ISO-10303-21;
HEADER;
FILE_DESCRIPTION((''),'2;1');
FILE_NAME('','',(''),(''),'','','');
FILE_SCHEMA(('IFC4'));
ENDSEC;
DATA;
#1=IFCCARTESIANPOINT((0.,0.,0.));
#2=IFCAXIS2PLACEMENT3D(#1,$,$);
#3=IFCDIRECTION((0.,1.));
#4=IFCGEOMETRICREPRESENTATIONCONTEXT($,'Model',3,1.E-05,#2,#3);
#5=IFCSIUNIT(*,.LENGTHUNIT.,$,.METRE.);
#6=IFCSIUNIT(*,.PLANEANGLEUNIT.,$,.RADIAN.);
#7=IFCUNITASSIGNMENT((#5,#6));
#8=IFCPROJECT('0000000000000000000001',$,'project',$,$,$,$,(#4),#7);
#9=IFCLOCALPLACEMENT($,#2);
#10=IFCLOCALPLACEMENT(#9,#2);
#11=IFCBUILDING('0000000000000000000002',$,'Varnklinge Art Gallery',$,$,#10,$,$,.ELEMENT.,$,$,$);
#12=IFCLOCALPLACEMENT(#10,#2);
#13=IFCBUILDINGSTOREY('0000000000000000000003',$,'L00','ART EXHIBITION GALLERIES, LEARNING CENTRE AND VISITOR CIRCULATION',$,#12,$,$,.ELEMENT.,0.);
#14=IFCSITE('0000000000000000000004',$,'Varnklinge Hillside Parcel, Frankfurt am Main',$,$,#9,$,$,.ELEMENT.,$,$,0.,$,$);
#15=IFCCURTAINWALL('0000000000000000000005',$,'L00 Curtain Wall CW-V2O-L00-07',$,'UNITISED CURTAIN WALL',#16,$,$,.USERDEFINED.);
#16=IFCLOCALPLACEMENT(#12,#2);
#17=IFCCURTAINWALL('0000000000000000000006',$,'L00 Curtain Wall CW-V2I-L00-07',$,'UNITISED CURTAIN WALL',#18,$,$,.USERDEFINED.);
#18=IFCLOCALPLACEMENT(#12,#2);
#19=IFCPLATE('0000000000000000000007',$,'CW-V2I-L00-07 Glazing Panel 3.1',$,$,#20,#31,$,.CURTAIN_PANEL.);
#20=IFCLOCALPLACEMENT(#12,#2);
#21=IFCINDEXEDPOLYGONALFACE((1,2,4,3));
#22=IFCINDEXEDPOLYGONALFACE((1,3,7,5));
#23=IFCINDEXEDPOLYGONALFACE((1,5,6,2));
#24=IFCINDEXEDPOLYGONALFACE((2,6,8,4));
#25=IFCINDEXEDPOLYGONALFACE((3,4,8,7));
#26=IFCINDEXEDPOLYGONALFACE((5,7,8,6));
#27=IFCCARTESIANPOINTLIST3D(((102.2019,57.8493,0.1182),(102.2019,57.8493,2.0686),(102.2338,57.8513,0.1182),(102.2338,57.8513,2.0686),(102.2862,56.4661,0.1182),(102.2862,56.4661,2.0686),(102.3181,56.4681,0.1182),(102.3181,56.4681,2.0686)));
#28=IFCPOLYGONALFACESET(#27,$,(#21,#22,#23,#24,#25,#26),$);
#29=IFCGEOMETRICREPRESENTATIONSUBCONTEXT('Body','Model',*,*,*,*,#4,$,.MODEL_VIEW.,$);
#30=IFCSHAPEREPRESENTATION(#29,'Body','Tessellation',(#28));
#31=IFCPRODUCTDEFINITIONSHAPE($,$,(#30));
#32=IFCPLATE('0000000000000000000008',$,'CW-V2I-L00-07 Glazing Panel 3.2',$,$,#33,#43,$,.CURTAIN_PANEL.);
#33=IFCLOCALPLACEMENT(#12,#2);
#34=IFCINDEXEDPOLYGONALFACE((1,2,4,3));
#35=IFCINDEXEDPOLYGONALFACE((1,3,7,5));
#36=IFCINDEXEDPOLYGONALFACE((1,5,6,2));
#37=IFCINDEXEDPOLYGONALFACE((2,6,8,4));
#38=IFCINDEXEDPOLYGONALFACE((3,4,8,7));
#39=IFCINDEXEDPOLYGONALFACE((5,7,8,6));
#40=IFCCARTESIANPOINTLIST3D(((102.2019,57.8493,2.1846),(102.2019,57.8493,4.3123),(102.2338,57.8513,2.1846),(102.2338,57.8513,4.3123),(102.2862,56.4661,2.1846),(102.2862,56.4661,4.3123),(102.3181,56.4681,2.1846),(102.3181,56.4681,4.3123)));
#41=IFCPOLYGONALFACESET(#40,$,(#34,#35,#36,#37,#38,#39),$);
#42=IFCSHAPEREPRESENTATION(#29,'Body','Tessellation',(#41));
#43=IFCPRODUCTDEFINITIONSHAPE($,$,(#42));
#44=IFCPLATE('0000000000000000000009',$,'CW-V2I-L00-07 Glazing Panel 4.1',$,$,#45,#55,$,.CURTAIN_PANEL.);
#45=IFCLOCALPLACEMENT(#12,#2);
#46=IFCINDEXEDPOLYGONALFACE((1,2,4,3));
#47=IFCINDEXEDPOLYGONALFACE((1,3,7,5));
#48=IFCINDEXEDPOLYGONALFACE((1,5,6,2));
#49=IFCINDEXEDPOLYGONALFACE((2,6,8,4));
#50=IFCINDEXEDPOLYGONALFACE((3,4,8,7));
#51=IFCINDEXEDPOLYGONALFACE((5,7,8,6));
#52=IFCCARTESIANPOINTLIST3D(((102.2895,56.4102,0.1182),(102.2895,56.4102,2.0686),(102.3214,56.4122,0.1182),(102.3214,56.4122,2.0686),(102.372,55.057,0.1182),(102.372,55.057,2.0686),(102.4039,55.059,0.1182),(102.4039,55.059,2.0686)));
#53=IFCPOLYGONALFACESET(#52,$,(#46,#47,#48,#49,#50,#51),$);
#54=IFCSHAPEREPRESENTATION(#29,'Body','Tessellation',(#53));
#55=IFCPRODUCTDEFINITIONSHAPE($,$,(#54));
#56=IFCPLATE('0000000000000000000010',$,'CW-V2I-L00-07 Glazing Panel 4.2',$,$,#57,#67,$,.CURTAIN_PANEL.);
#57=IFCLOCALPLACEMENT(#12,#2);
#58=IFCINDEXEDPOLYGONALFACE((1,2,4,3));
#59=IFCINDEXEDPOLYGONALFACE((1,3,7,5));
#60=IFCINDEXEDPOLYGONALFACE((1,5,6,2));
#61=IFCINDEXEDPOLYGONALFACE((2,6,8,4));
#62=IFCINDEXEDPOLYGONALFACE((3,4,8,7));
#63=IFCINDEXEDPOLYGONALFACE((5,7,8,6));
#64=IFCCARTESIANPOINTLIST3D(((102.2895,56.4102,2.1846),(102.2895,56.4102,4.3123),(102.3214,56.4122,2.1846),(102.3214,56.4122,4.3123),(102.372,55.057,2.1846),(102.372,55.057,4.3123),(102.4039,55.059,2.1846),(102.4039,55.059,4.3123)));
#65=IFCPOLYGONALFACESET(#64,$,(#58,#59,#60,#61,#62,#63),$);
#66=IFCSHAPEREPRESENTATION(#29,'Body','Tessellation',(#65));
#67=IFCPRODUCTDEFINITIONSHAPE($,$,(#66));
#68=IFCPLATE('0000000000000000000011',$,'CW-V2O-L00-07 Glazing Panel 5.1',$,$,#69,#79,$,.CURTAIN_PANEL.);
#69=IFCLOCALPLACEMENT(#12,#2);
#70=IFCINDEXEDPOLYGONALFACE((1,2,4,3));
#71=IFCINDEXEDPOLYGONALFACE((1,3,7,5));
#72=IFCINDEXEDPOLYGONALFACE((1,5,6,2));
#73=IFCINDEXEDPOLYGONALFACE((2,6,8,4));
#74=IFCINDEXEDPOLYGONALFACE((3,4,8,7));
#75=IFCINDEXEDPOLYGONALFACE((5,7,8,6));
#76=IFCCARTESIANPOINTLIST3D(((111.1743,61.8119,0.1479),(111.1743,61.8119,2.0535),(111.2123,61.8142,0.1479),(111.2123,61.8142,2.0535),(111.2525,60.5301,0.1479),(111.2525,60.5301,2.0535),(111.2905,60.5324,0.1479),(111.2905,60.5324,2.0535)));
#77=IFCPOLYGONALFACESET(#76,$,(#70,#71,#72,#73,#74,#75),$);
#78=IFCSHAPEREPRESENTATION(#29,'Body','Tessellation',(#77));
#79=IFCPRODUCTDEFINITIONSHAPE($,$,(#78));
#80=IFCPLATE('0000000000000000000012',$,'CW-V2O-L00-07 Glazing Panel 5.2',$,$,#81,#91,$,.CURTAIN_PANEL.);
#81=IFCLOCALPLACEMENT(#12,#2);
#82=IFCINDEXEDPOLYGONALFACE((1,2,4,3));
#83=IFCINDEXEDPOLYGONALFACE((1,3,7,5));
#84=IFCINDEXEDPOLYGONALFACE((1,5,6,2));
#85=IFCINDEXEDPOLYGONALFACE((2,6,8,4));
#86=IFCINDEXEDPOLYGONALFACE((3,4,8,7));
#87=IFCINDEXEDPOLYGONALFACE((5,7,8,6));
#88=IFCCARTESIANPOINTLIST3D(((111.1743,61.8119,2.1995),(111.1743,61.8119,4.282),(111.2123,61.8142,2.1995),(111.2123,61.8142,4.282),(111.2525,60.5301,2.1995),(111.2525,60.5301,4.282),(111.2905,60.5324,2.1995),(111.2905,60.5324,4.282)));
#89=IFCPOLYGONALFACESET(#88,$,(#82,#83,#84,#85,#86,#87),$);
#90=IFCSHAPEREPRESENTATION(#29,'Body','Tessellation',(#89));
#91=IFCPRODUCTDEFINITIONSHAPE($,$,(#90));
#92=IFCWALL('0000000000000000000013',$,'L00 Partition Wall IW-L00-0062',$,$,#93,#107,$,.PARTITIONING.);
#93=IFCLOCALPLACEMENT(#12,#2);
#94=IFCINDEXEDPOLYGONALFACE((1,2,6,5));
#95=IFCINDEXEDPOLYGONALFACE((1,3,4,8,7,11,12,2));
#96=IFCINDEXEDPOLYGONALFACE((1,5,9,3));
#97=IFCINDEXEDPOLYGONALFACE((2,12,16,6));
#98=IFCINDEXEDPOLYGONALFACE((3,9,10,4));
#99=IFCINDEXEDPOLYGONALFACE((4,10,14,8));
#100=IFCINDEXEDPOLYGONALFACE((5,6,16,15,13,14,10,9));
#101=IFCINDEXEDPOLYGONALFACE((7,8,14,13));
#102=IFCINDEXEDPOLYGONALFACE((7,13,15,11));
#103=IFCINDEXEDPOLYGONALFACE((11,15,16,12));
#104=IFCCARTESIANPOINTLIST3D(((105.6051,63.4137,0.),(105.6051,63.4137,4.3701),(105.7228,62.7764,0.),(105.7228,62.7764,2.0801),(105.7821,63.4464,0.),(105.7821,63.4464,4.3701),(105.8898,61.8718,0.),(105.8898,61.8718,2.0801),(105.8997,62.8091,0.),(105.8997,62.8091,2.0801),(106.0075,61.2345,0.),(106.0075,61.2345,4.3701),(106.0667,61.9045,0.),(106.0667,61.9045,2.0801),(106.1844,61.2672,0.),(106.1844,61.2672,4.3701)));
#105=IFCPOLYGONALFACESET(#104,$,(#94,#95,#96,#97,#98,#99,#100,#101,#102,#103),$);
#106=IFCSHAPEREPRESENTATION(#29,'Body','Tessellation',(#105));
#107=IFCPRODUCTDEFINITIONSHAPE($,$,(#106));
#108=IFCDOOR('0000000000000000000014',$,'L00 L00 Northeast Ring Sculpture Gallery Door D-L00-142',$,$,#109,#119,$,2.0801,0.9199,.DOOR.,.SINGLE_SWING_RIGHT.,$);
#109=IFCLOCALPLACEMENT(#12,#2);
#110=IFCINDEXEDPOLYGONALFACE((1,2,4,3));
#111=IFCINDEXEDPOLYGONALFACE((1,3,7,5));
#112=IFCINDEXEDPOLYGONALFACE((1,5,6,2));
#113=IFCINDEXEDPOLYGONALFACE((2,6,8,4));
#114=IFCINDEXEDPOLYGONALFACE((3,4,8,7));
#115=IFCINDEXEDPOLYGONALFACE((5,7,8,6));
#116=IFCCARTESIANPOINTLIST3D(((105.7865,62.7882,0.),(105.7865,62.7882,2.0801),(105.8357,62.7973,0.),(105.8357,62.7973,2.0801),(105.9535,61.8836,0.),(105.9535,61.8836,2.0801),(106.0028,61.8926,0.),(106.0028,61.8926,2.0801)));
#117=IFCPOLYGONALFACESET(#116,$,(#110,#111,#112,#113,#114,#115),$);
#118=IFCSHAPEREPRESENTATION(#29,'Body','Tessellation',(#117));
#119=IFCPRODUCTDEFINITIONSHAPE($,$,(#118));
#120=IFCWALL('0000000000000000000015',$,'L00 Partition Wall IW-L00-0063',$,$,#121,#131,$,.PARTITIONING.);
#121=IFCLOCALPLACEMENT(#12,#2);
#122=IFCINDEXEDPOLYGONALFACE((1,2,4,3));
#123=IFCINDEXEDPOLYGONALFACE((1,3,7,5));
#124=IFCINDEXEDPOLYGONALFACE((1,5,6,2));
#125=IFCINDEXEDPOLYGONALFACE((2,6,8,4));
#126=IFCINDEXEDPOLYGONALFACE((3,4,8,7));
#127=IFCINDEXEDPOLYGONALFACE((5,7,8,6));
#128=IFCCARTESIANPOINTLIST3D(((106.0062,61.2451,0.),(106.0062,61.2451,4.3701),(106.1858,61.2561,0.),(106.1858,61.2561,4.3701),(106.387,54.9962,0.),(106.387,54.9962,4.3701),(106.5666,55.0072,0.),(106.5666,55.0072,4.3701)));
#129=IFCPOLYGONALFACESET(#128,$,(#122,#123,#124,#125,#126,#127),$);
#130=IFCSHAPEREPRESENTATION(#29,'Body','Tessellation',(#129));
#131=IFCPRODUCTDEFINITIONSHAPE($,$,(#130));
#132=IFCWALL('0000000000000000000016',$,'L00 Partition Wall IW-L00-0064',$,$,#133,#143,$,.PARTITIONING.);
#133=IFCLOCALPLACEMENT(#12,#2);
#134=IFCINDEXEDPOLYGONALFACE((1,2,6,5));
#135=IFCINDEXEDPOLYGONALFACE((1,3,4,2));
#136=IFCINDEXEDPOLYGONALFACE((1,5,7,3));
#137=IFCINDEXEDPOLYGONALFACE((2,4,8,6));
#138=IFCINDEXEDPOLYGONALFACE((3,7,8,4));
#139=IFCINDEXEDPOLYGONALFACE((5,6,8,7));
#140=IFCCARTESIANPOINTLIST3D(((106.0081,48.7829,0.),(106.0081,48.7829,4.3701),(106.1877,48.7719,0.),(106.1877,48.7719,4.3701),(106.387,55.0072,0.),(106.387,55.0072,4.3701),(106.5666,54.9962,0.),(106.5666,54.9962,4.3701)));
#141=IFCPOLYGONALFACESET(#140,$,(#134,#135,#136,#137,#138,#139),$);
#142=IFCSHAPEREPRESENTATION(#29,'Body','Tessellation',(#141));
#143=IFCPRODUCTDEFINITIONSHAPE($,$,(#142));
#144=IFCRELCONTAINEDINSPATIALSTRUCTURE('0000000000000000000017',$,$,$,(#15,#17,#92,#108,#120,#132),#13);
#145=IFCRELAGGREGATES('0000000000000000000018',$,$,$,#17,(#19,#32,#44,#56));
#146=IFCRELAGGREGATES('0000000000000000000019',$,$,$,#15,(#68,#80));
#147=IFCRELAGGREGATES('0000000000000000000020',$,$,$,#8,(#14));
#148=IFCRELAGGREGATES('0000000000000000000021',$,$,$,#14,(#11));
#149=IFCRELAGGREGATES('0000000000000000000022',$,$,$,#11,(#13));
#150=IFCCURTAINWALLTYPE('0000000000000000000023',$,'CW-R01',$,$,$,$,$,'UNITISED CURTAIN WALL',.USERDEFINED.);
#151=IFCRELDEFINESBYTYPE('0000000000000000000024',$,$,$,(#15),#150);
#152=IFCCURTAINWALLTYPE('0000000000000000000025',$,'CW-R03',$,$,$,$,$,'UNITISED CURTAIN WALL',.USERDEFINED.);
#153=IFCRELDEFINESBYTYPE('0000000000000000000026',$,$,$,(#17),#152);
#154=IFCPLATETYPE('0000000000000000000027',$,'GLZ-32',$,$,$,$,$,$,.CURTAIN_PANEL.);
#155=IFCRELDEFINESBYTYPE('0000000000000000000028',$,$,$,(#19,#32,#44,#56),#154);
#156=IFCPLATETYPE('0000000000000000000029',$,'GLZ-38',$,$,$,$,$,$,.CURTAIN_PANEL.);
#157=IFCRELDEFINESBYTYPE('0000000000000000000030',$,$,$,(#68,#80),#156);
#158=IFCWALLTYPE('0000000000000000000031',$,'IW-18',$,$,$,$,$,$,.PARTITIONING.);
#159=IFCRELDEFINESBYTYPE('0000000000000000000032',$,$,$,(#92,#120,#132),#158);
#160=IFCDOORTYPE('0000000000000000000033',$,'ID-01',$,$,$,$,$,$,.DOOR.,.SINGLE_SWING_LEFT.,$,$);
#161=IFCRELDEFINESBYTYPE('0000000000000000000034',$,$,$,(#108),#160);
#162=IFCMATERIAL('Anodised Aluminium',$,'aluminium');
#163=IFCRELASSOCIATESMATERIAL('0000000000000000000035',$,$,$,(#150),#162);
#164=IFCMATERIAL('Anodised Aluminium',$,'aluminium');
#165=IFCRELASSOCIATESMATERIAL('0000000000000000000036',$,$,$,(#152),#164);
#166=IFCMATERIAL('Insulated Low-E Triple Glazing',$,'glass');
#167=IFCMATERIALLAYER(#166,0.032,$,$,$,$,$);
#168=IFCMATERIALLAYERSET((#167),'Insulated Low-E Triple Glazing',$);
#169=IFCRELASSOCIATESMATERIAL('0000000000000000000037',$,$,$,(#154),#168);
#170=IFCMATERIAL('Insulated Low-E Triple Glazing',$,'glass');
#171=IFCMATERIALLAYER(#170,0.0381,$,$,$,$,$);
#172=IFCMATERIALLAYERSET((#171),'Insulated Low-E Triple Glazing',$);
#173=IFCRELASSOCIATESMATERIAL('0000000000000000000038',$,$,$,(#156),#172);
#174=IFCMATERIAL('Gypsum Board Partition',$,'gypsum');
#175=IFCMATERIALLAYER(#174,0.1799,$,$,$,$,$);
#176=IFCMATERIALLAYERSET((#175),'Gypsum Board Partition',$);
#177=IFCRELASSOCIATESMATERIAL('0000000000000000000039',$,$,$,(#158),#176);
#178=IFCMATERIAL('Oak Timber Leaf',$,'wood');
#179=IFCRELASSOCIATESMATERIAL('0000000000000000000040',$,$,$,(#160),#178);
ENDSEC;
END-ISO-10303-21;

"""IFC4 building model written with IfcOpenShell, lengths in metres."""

from ifc_helpers import new_model, si_unit, direction, frame, frame_2d, origin, origin_2d, place, context, subcontext, project, spatial, rectangle, extrude, material, layer, layer_set, type_object, element, fill, aggregate, save


model = new_model("IFC4")

# Units and contexts
model_context = context("Model", 3, precision=1e-05, world=origin(), true_north=direction((0.0, 1.0)))
body_context = subcontext(model_context, "Body", "Model", "MODEL_VIEW")
ifc_project = project(units=[si_unit("LENGTHUNIT", "METRE"), si_unit("PLANEANGLEUNIT", "RADIAN")], contexts=[model_context])

# Site, building, storey
site_placement = place(None, origin())
site = spatial("IfcSite", under=ifc_project, at=site_placement, Name="Varnklinge Hillside Parcel, Frankfurt am Main", CompositionType="ELEMENT", RefElevation=0.0)
building_placement = place(site_placement, origin())
building = spatial("IfcBuilding", under=site, at=building_placement, Name="Varnklinge Art Gallery", CompositionType="ELEMENT")
storey_placement = place(building_placement, origin())
storey = spatial("IfcBuildingStorey", under=building, at=storey_placement, Name="L00", Description="ART EXHIBITION GALLERIES, LEARNING CENTRE AND VISITOR CIRCULATION", CompositionType="ELEMENT", Elevation=0.0)

# Curtain wall
ifc_material_1 = material(Name="Anodised Aluminium", Category="aluminium")
curtain_wall_type_1 = type_object("IfcCurtainWallType", Name="CW-R01", ElementType="UNITISED CURTAIN WALL", PredefinedType="USERDEFINED", material=ifc_material_1)
curtain_wall_1_placement = place(storey_placement, origin())
curtain_wall_1 = element("IfcCurtainWall", 1, at=curtain_wall_1_placement, inside=storey, type_object=curtain_wall_type_1, Name="L00 Curtain Wall CW-V2O-L00-07", ObjectType="UNITISED CURTAIN WALL", PredefinedType="USERDEFINED")

# Curtain wall
ifc_material_2 = material(Name="Anodised Aluminium", Category="aluminium")
curtain_wall_type_2 = type_object("IfcCurtainWallType", Name="CW-R03", ElementType="UNITISED CURTAIN WALL", PredefinedType="USERDEFINED", material=ifc_material_2)
curtain_wall_2_placement = place(storey_placement, origin())
curtain_wall_2 = element("IfcCurtainWall", 2, at=curtain_wall_2_placement, inside=storey, type_object=curtain_wall_type_2, Name="L00 Curtain Wall CW-V2I-L00-07", ObjectType="UNITISED CURTAIN WALL", PredefinedType="USERDEFINED")

# Plates
ifc_material_3 = material(Name="Insulated Low-E Triple Glazing", Category="glass")
ifc_layer_1 = layer(ifc_material_3, 0.032)
ifc_layer_set_1 = layer_set([ifc_layer_1], Name="Insulated Low-E Triple Glazing")
plate_type_1 = type_object("IfcPlateType", Name="GLZ-32", PredefinedType="CURTAIN_PANEL", material=ifc_layer_set_1)
plate_1_placement = place(storey_placement, frame((102.26, 57.1587, 0.1182), z_axis=(0.0, 0.0, 1.0), x_axis=(0.060874, -0.998145, 0.0)))
plate_1 = element("IfcPlate", 3, at=plate_1_placement, type_object=plate_type_1, Name="CW-V2I-L00-07 Glazing Panel 3.1", PredefinedType="CURTAIN_PANEL", context=body_context, shape_type="SweptSolid", body=[
    extrude(rectangle(XDim=1.3857, YDim=0.032, at=origin_2d()), origin(), (0.0, 0.0, 1.0), 1.9504),
])
plate_2_placement = place(storey_placement, frame((102.26, 57.1587, 2.1846), z_axis=(0.0, 0.0, 1.0), x_axis=(0.060874, -0.998145, 0.0)))
plate_2 = element("IfcPlate", 4, at=plate_2_placement, type_object=plate_type_1, Name="CW-V2I-L00-07 Glazing Panel 3.2", PredefinedType="CURTAIN_PANEL", context=body_context, shape_type="SweptSolid", body=[
    extrude(rectangle(XDim=1.3857, YDim=0.032, at=origin_2d()), origin(), (0.0, 0.0, 1.0), 2.1277),
])
plate_3_placement = place(storey_placement, frame((102.3467, 55.7346, 0.1182), z_axis=(0.0, 0.0, 1.0), x_axis=(0.060874, -0.998145, 0.0)))
plate_3 = element("IfcPlate", 5, at=plate_3_placement, type_object=plate_type_1, Name="CW-V2I-L00-07 Glazing Panel 4.1", PredefinedType="CURTAIN_PANEL", context=body_context, shape_type="SweptSolid", body=[
    extrude(rectangle(XDim=1.3557, YDim=0.032, at=origin_2d()), origin(), (0.0, 0.0, 1.0), 1.9504),
])
plate_4_placement = place(storey_placement, frame((102.3467, 55.7346, 2.1846), z_axis=(0.0, 0.0, 1.0), x_axis=(0.060874, -0.998145, 0.0)))
plate_4 = element("IfcPlate", 6, at=plate_4_placement, type_object=plate_type_1, Name="CW-V2I-L00-07 Glazing Panel 4.2", PredefinedType="CURTAIN_PANEL", context=body_context, shape_type="SweptSolid", body=[
    extrude(rectangle(XDim=1.3557, YDim=0.032, at=origin_2d()), origin(), (0.0, 0.0, 1.0), 2.1277),
])
aggregate(curtain_wall_2, [plate_1, plate_2, plate_3, plate_4])
ifc_material_4 = material(Name="Insulated Low-E Triple Glazing", Category="glass")
ifc_layer_2 = layer(ifc_material_4, 0.0381)
ifc_layer_set_2 = layer_set([ifc_layer_2], Name="Insulated Low-E Triple Glazing")
plate_type_2 = type_object("IfcPlateType", Name="GLZ-38", PredefinedType="CURTAIN_PANEL", material=ifc_layer_set_2)
plate_5_placement = place(storey_placement, frame((111.2324, 61.1721, 0.1479), z_axis=(0.0, 0.0, 1.0), x_axis=(-0.060874, 0.998145, 0.0)))
plate_5 = element("IfcPlate", 7, at=plate_5_placement, type_object=plate_type_2, Name="CW-V2O-L00-07 Glazing Panel 5.1", PredefinedType="CURTAIN_PANEL", context=body_context, shape_type="SweptSolid", body=[
    extrude(rectangle(XDim=1.2842, YDim=0.0381, at=origin_2d()), origin(), (0.0, 0.0, 1.0), 1.9055),
])
plate_6_placement = place(storey_placement, frame((111.2324, 61.1721, 2.1995), z_axis=(0.0, 0.0, 1.0), x_axis=(-0.060874, 0.998145, 0.0)))
plate_6 = element("IfcPlate", 8, at=plate_6_placement, type_object=plate_type_2, Name="CW-V2O-L00-07 Glazing Panel 5.2", PredefinedType="CURTAIN_PANEL", context=body_context, shape_type="SweptSolid", body=[
    extrude(rectangle(XDim=1.2842, YDim=0.0381, at=origin_2d()), origin(), (0.0, 0.0, 1.0), 2.0825),
])
aggregate(curtain_wall_1, [plate_5, plate_6])

# Wall, opening, door
ifc_material_5 = material(Name="Gypsum Board Partition", Category="gypsum")
ifc_layer_3 = layer(ifc_material_5, 0.1799)
ifc_layer_set_3 = layer_set([ifc_layer_3], Name="Gypsum Board Partition")
wall_type = type_object("IfcWallType", Name="IW-18", PredefinedType="PARTITIONING", material=ifc_layer_set_3)
wall_1_placement = place(storey_placement, frame((105.6936, 63.4299, 0.0), z_axis=(0.0, 0.0, 1.0), x_axis=(0.181561, -0.98338, 0.0)))
wall_1 = element("IfcWall", 9, at=wall_1_placement, inside=storey, type_object=wall_type, Name="L00 Partition Wall IW-L00-0062", PredefinedType="PARTITIONING", context=body_context, shape_type="SweptSolid", body=[
    extrude(rectangle(XDim=2.2161, YDim=0.1799, at=frame_2d((1.1079, 0.0))), origin(), (0.0, 0.0, 1.0), 4.3701),
])
opening_placement = place(wall_1_placement, frame((0.6479, 0.0, 0.0)))
opening = element("IfcOpeningElement", 10, at=opening_placement, cuts=wall_1, PredefinedType="OPENING", context=body_context, shape_type="SweptSolid", body=[
    extrude(rectangle(XDim=0.9199, YDim=2.0801, at=frame_2d((0.46, 1.04))), frame((0.0, 0.0999, 0.0), z_axis=(0.0, -1.0, 0.0), x_axis=(1.0, 0.0, 0.0)), (0.0, 0.0, 1.0), 0.2),
])
ifc_material_6 = material(Name="Oak Timber Leaf", Category="wood")
door_type = type_object("IfcDoorType", Name="ID-01", OperationType="SINGLE_SWING_LEFT", PredefinedType="DOOR", material=ifc_material_6)
door_placement = place(opening_placement, origin())
door = element("IfcDoor", 11, at=door_placement, inside=storey, type_object=door_type, Name="L00 L00 Northeast Ring Sculpture Gallery Door D-L00-142", OperationType="SINGLE_SWING_RIGHT", OverallHeight=2.0801, OverallWidth=0.9199, PredefinedType="DOOR", context=body_context, shape_type="SweptSolid", body=[
    extrude(rectangle(XDim=0.9199, YDim=2.0801, at=frame_2d((0.46, 1.04))), frame((0.0, 0.0249, 0.0), z_axis=(0.0, -1.0, 0.0), x_axis=(1.0, 0.0, 0.0)), (0.0, 0.0, 1.0), 0.05),
])
fill(opening, door)

# Walls
wall_2_placement = place(storey_placement, frame((106.0959, 61.2507, 0.0), z_axis=(0.0, 0.0, 1.0), x_axis=(0.060834, -0.998148, 0.0)))
element("IfcWall", 12, at=wall_2_placement, inside=storey, type_object=wall_type, Name="L00 Partition Wall IW-L00-0063", PredefinedType="PARTITIONING", context=body_context, shape_type="SweptSolid", body=[
    extrude(rectangle(XDim=6.2605, YDim=0.1799, at=frame_2d((3.1304, 0.0))), origin(), (0.0, 0.0, 1.0), 4.3701),
])
wall_3_placement = place(storey_placement, frame((106.4768, 55.0017, 0.0), z_axis=(0.0, 0.0, 1.0), x_axis=(-0.060762, -0.998152, 0.0)))
element("IfcWall", 13, at=wall_3_placement, inside=storey, type_object=wall_type, Name="L00 Partition Wall IW-L00-0064", PredefinedType="PARTITIONING", context=body_context, shape_type="SweptSolid", body=[
    extrude(rectangle(XDim=6.2358, YDim=0.1799, at=frame_2d((3.1179, 0.0))), origin(), (0.0, 0.0, 1.0), 4.3701),
])

save(model, "model.ifc")
